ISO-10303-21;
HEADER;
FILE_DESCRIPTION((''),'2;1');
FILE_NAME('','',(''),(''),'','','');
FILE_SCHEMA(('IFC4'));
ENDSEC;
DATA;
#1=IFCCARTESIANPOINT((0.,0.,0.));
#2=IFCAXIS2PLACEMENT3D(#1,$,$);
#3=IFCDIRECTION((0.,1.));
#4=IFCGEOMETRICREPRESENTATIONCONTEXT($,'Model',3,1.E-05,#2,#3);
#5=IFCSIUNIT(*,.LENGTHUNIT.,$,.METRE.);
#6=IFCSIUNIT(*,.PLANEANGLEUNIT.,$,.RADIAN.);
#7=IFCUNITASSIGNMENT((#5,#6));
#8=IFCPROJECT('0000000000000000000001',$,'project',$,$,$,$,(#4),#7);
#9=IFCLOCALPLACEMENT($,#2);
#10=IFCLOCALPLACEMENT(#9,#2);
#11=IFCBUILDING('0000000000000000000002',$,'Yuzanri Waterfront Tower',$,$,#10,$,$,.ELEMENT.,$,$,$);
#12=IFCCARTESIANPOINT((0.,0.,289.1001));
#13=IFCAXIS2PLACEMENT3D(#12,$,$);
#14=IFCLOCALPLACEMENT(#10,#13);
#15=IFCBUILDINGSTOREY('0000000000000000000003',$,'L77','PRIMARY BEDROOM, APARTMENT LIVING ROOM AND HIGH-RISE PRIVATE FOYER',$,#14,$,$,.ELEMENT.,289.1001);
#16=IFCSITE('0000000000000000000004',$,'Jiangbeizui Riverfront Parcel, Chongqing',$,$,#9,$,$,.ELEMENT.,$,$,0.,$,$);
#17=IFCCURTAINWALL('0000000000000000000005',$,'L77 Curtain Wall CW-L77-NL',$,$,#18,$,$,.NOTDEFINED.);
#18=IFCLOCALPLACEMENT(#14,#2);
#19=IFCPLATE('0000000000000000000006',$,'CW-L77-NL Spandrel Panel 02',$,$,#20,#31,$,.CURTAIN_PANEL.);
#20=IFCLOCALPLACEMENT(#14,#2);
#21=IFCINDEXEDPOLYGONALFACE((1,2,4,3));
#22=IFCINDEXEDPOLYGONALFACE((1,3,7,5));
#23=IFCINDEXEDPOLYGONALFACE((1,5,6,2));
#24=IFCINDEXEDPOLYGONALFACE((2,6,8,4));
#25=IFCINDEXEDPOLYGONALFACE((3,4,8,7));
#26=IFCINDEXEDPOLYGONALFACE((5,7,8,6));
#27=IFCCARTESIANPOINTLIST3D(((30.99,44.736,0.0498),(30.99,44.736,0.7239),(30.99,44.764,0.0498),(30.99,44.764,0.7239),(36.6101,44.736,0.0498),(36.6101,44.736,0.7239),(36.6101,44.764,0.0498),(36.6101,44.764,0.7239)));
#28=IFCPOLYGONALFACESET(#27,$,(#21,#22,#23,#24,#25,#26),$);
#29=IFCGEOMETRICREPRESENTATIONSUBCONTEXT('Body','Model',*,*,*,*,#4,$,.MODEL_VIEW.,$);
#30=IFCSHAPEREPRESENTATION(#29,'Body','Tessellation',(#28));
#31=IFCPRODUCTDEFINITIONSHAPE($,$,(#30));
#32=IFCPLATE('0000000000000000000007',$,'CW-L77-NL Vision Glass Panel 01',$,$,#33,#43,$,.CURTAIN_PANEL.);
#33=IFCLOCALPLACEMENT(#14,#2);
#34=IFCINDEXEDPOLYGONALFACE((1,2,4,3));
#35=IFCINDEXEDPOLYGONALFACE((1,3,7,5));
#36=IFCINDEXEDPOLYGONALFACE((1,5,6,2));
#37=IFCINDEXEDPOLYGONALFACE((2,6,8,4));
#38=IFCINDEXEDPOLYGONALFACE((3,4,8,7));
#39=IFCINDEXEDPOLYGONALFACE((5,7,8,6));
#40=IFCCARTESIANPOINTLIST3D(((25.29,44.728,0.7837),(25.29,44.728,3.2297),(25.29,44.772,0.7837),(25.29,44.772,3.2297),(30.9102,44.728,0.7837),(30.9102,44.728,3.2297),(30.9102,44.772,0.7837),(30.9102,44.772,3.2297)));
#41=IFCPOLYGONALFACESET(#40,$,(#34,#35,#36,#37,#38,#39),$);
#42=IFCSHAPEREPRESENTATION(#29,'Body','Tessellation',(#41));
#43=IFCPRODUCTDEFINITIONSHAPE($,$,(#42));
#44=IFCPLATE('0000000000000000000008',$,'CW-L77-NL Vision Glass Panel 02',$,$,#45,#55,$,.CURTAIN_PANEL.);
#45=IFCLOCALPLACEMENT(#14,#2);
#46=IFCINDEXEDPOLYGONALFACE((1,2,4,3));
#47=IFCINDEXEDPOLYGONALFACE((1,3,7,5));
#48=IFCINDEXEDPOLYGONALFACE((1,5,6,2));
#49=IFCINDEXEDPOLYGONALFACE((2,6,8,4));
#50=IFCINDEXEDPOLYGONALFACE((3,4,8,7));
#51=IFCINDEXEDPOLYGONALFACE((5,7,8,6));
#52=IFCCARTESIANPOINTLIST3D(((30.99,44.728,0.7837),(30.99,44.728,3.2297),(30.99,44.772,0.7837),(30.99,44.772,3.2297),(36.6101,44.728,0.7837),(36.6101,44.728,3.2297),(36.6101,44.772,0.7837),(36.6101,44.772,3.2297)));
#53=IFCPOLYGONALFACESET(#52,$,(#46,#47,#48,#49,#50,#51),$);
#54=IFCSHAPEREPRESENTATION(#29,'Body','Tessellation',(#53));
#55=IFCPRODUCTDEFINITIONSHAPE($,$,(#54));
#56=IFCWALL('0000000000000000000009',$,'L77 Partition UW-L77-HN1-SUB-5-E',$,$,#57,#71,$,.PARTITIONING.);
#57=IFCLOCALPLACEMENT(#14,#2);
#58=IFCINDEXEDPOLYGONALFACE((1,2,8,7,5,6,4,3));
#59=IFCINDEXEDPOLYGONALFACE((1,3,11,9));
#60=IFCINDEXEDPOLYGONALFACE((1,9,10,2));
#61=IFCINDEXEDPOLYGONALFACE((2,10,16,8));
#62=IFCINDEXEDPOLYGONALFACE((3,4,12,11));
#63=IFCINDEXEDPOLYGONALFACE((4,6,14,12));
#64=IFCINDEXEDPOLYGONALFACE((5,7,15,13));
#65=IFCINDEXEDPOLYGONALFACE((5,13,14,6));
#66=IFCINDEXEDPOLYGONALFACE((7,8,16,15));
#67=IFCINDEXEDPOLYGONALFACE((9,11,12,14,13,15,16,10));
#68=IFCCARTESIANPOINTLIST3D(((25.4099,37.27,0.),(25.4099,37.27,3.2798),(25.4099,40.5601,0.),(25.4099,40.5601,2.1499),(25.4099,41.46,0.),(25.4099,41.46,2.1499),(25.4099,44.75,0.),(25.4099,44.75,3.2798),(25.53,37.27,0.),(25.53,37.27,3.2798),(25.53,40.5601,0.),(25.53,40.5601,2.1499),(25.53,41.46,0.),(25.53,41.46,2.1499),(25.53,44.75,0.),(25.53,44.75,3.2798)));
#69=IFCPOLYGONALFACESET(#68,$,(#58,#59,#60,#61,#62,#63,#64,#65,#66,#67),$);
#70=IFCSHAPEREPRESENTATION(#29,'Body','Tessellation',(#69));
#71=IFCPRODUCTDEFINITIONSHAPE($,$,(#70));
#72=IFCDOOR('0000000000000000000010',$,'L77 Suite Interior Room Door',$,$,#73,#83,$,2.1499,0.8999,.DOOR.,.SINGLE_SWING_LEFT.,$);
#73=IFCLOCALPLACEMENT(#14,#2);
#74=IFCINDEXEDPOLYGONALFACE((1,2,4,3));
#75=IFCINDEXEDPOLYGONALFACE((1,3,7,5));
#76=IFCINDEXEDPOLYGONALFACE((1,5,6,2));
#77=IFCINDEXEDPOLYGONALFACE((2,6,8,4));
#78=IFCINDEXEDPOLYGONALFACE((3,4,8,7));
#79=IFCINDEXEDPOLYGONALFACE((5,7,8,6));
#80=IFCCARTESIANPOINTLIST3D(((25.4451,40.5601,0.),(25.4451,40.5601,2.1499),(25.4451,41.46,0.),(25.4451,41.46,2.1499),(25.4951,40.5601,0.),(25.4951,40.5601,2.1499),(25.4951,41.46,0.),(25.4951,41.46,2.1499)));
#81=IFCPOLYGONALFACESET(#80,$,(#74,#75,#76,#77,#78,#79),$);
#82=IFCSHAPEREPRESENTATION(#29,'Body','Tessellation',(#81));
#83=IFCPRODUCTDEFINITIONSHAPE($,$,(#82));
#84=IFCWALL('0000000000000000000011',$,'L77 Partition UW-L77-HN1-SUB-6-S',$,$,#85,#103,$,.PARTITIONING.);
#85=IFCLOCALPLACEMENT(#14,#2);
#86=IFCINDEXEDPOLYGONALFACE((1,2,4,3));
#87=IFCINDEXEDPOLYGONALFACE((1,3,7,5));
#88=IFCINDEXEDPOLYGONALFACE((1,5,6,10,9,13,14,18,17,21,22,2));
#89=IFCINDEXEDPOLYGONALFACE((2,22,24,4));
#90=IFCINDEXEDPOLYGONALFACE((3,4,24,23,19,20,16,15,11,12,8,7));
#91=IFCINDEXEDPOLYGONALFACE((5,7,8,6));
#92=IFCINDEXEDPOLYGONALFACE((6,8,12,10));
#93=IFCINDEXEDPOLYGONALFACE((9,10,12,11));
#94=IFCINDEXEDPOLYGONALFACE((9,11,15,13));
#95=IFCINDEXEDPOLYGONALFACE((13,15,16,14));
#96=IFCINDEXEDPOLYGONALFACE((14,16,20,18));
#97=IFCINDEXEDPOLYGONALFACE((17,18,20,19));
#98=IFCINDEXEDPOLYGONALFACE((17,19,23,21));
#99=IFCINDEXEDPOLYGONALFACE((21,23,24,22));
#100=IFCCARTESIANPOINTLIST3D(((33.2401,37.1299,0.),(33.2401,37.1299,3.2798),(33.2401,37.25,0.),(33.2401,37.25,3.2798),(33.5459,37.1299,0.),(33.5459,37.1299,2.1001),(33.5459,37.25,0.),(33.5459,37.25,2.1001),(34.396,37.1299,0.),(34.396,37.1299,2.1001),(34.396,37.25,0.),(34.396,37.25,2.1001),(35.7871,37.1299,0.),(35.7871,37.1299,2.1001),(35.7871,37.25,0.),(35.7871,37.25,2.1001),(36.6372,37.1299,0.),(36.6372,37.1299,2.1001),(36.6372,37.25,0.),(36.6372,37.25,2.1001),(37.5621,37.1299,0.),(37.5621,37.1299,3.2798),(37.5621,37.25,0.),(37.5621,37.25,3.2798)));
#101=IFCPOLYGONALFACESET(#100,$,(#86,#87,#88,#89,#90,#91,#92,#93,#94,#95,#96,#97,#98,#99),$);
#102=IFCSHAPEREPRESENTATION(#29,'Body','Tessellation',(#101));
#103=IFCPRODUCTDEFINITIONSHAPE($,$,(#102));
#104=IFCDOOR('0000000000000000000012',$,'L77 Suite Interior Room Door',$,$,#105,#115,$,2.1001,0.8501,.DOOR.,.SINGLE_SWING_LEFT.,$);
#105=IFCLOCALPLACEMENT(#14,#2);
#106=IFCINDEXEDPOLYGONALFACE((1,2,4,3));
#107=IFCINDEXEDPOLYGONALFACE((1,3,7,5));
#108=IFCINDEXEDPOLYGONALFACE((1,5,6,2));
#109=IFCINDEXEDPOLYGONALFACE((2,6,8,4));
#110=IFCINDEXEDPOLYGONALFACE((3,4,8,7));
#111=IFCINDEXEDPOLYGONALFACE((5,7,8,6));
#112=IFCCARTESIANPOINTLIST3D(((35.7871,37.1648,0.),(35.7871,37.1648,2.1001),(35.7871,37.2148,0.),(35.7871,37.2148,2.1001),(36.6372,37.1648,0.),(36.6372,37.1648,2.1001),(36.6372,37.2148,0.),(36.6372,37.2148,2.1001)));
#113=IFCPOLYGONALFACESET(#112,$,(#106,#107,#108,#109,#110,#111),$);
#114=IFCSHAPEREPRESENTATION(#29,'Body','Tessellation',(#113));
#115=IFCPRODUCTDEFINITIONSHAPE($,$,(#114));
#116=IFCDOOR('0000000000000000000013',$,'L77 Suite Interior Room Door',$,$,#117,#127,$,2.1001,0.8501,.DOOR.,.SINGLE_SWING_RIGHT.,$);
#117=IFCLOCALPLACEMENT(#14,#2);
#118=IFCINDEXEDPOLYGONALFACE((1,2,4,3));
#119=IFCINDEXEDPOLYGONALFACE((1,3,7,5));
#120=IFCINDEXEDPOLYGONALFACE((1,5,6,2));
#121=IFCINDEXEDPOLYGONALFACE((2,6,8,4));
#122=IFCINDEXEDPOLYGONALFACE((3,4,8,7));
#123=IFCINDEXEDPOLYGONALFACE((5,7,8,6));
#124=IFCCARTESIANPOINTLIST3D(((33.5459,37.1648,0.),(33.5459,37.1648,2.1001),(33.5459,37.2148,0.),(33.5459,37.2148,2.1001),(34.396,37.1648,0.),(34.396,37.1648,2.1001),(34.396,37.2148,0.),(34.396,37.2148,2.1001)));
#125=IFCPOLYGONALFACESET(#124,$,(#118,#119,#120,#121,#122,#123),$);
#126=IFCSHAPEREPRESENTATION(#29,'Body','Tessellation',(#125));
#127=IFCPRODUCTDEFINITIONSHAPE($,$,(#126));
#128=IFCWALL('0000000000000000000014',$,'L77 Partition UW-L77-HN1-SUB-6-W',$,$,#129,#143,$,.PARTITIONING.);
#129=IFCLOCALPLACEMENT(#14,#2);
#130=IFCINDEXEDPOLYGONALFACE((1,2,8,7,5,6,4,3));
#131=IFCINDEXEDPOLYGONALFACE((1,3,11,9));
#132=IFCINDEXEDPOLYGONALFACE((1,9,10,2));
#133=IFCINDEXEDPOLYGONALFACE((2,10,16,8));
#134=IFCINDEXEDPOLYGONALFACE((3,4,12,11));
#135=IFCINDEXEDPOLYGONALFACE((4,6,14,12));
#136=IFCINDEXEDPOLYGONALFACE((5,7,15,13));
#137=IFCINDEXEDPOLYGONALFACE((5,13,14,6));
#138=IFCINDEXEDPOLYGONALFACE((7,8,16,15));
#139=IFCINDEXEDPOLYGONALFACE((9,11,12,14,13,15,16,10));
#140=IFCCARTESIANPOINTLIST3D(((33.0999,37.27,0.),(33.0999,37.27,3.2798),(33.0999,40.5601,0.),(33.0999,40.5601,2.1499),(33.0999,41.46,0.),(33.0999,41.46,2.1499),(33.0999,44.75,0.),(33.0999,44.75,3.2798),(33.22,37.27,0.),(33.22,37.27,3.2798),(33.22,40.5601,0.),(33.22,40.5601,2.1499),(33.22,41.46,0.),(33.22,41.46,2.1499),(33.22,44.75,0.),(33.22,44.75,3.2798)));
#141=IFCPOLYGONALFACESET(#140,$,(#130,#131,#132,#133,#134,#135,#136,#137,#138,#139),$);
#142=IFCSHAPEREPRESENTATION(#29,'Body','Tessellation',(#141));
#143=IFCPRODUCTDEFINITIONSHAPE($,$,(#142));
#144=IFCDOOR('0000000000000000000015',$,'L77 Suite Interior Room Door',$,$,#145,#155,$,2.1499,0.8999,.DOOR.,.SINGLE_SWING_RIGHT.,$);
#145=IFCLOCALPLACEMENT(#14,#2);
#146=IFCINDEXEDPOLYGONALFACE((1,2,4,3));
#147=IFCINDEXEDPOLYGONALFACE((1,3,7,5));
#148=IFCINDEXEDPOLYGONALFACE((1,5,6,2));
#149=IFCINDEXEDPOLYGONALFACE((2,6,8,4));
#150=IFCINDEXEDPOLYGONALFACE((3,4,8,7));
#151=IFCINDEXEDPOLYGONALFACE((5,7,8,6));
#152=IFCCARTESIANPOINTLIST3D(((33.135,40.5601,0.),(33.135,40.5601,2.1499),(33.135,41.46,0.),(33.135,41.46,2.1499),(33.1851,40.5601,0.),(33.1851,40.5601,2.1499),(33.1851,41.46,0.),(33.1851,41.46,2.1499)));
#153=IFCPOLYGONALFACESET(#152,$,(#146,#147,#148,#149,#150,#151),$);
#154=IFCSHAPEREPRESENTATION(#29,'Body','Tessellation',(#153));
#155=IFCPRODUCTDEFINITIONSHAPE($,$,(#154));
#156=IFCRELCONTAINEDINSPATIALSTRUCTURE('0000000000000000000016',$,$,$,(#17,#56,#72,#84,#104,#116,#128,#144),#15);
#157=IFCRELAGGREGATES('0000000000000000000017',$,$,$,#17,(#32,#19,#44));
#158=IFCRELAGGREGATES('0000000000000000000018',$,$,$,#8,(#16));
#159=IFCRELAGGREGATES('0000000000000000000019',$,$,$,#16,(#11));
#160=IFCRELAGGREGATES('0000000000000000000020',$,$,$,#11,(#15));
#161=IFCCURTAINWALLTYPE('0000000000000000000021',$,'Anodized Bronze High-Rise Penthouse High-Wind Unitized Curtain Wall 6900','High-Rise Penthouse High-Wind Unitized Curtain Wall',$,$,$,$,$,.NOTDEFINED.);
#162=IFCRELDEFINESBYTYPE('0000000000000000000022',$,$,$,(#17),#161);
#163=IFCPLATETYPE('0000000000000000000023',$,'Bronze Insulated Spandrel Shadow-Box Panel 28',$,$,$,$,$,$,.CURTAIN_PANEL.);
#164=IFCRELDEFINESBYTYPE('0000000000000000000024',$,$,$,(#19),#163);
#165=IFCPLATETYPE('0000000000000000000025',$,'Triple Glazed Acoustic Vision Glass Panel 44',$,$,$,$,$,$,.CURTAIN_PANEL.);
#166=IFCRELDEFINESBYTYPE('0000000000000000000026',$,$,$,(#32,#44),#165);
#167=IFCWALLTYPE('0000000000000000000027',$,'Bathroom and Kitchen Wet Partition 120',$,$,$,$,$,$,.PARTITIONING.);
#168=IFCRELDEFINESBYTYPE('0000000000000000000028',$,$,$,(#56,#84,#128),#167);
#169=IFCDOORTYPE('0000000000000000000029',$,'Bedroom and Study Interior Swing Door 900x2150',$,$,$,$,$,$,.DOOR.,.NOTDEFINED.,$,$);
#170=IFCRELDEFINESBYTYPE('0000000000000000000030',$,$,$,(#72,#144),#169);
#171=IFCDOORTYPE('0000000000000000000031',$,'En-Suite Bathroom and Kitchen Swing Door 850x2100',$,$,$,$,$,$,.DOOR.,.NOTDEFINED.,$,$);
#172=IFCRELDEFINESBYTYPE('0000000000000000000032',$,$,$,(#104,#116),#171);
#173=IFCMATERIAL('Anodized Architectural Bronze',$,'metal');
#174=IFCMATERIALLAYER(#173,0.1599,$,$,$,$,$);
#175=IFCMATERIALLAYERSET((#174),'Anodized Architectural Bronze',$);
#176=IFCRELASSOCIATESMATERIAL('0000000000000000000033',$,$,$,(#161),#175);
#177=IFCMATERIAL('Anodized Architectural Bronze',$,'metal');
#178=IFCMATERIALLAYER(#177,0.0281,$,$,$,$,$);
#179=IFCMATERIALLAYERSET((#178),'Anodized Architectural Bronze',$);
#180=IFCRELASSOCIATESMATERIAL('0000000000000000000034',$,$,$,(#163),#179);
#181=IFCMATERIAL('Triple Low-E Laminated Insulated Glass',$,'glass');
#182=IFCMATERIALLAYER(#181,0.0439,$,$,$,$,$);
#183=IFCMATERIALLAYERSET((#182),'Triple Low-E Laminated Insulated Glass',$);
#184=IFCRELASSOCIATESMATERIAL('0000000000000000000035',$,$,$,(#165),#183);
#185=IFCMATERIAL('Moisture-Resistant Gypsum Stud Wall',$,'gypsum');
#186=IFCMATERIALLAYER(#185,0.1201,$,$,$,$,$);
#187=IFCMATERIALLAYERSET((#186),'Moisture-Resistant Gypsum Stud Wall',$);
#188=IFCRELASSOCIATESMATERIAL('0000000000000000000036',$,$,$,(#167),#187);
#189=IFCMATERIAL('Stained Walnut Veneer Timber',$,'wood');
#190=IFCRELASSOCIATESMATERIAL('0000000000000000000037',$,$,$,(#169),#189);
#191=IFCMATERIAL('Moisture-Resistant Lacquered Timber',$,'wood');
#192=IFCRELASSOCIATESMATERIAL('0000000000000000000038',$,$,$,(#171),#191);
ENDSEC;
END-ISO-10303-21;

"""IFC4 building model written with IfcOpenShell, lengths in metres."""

from ifc_helpers import new_model, si_unit, direction, frame, frame_2d, origin, origin_2d, place, context, subcontext, project, spatial, rectangle, extrude, source, transform, mapped, material, layer, layer_set, type_object, element, fill, aggregate, save


model = new_model("IFC4")

# Units and contexts
model_context = context("Model", 3, precision=1e-05, world=origin(), true_north=direction((0.0, 1.0)))
body_context = subcontext(model_context, "Body", "Model", "MODEL_VIEW")
ifc_project = project(units=[si_unit("LENGTHUNIT", "METRE"), si_unit("PLANEANGLEUNIT", "RADIAN")], contexts=[model_context])

# Site, building, storey
site_placement = place(None, origin())
site = spatial("IfcSite", under=ifc_project, at=site_placement, Name="Jiangbeizui Riverfront Parcel, Chongqing", CompositionType="ELEMENT", RefElevation=0.0)
building_placement = place(site_placement, origin())
building = spatial("IfcBuilding", under=site, at=building_placement, Name="Yuzanri Waterfront Tower", CompositionType="ELEMENT")
storey_placement = place(building_placement, frame((0.0, 0.0, 289.1001)))
storey = spatial("IfcBuildingStorey", under=building, at=storey_placement, Name="L77", Description="PRIMARY BEDROOM, APARTMENT LIVING ROOM AND HIGH-RISE PRIVATE FOYER", CompositionType="ELEMENT", Elevation=289.1001)

# Curtain wall, plates
ifc_material_1 = material(Name="Anodized Architectural Bronze", Category="metal")
ifc_layer_1 = layer(ifc_material_1, 0.1599)
ifc_layer_set_1 = layer_set([ifc_layer_1], Name="Anodized Architectural Bronze")
curtain_wall_type = type_object("IfcCurtainWallType", Name="Anodized Bronze High-Rise Penthouse High-Wind Unitized Curtain Wall 6900", Description="High-Rise Penthouse High-Wind Unitized Curtain Wall", PredefinedType="NOTDEFINED", material=ifc_layer_set_1)
curtain_wall_placement = place(storey_placement, origin())
curtain_wall = element("IfcCurtainWall", 1, at=curtain_wall_placement, inside=storey, type_object=curtain_wall_type, Name="L77 Curtain Wall CW-L77-NL", PredefinedType="NOTDEFINED")
ifc_material_2 = material(Name="Anodized Architectural Bronze", Category="metal")
ifc_layer_2 = layer(ifc_material_2, 0.0281)
ifc_layer_set_2 = layer_set([ifc_layer_2], Name="Anodized Architectural Bronze")
plate_type_1 = type_object("IfcPlateType", Name="Bronze Insulated Spandrel Shadow-Box Panel 28", PredefinedType="CURTAIN_PANEL", material=ifc_layer_set_2)
shared_shape_1 = source(origin(), body_context, "Body", "SweptSolid", [
    extrude(rectangle(XDim=5.6201, YDim=0.0281, at=origin_2d()), origin(), (0.0, 0.0, 1.0), 0.6741),
])
plate_1_placement = place(storey_placement, frame((33.8, 44.75, 0.0498), z_axis=(0.0, 0.0, 1.0), x_axis=(1.0, 0.0, 0.0)))
plate_1 = element("IfcPlate", 2, at=plate_1_placement, type_object=plate_type_1, Name="CW-L77-NL Spandrel Panel 02", PredefinedType="CURTAIN_PANEL", context=body_context, shape_type="MappedRepresentation", body=[
    mapped(shared_shape_1, transform((0.0, 0.0, 0.0), scale=1.0)),
])
ifc_material_3 = material(Name="Triple Low-E Laminated Insulated Glass", Category="glass")
ifc_layer_3 = layer(ifc_material_3, 0.0439)
ifc_layer_set_3 = layer_set([ifc_layer_3], Name="Triple Low-E Laminated Insulated Glass")
plate_type_2 = type_object("IfcPlateType", Name="Triple Glazed Acoustic Vision Glass Panel 44", PredefinedType="CURTAIN_PANEL", material=ifc_layer_set_3)
shared_shape_2 = source(origin(), body_context, "Body", "SweptSolid", [
    extrude(rectangle(XDim=5.6201, YDim=0.0439, at=origin_2d()), origin(), (0.0, 0.0, 1.0), 2.446),
])
plate_2_placement = place(storey_placement, frame((28.1001, 44.75, 0.7837), z_axis=(0.0, 0.0, 1.0), x_axis=(1.0, 0.0, 0.0)))
plate_2 = element("IfcPlate", 3, at=plate_2_placement, type_object=plate_type_2, Name="CW-L77-NL Vision Glass Panel 01", PredefinedType="CURTAIN_PANEL", context=body_context, shape_type="MappedRepresentation", body=[
    mapped(shared_shape_2, transform((0.0, 0.0, 0.0), scale=1.0)),
])
plate_3_placement = place(storey_placement, frame((33.8, 44.75, 0.7837), z_axis=(0.0, 0.0, 1.0), x_axis=(1.0, 0.0, 0.0)))
plate_3 = element("IfcPlate", 4, at=plate_3_placement, type_object=plate_type_2, Name="CW-L77-NL Vision Glass Panel 02", PredefinedType="CURTAIN_PANEL", context=body_context, shape_type="MappedRepresentation", body=[
    mapped(shared_shape_2, transform((0.0, 0.0, 0.0), scale=1.0)),
])
aggregate(curtain_wall, [plate_2, plate_1, plate_3])

# Wall, opening, door
ifc_material_4 = material(Name="Moisture-Resistant Gypsum Stud Wall", Category="gypsum")
ifc_layer_4 = layer(ifc_material_4, 0.1201)
ifc_layer_set_4 = layer_set([ifc_layer_4], Name="Moisture-Resistant Gypsum Stud Wall")
wall_type = type_object("IfcWallType", Name="Bathroom and Kitchen Wet Partition 120", PredefinedType="PARTITIONING", material=ifc_layer_set_4)
wall_1_placement = place(storey_placement, frame((25.47, 37.27, 0.0), z_axis=(0.0, 0.0, 1.0), x_axis=(0.0, 1.0, 0.0)))
wall_1 = element("IfcWall", 5, at=wall_1_placement, inside=storey, type_object=wall_type, Name="L77 Partition UW-L77-HN1-SUB-5-E", PredefinedType="PARTITIONING", context=body_context, shape_type="SweptSolid", body=[
    extrude(rectangle(XDim=7.48, YDim=0.1201, at=frame_2d((3.74, 0.0))), origin(), (0.0, 0.0, 1.0), 3.2798),
])
opening_1_placement = place(wall_1_placement, frame((3.29, 0.0, 0.0)))
opening_1 = element("IfcOpeningElement", 6, at=opening_1_placement, cuts=wall_1, PredefinedType="OPENING", context=body_context, shape_type="SweptSolid", body=[
    extrude(rectangle(XDim=0.8999, YDim=2.1499, at=frame_2d((0.45, 1.075))), frame((0.0, 0.075, 0.0), z_axis=(0.0, -1.0, 0.0), x_axis=(1.0, 0.0, 0.0)), (0.0, 0.0, 1.0), 0.1499),
])
ifc_material_5 = material(Name="Stained Walnut Veneer Timber", Category="wood")
door_type_1 = type_object("IfcDoorType", Name="Bedroom and Study Interior Swing Door 900x2150", OperationType="NOTDEFINED", PredefinedType="DOOR", material=ifc_material_5)
shared_shape_3 = source(origin(), body_context, "Body", "SweptSolid", [
    extrude(rectangle(XDim=0.8999, YDim=2.1499, at=frame_2d((0.45, 1.075))), frame((0.0, 0.0249, 0.0), z_axis=(0.0, -1.0, 0.0), x_axis=(1.0, 0.0, 0.0)), (0.0, 0.0, 1.0), 0.05),
])
door_1_placement = place(opening_1_placement, origin())
door_1 = element("IfcDoor", 7, at=door_1_placement, inside=storey, type_object=door_type_1, Name="L77 Suite Interior Room Door", OperationType="SINGLE_SWING_LEFT", OverallHeight=2.1499, OverallWidth=0.8999, PredefinedType="DOOR", context=body_context, shape_type="MappedRepresentation", body=[
    mapped(shared_shape_3, transform((0.0, 0.0, 0.0), scale=1.0)),
])
fill(opening_1, door_1)

# Wall, openings, doors
wall_2_placement = place(storey_placement, frame((33.24, 37.1899, 0.0), z_axis=(0.0, 0.0, 1.0), x_axis=(1.0, 0.0, 0.0)))
wall_2 = element("IfcWall", 8, at=wall_2_placement, inside=storey, type_object=wall_type, Name="L77 Partition UW-L77-HN1-SUB-6-S", PredefinedType="PARTITIONING", context=body_context, shape_type="SweptSolid", body=[
    extrude(rectangle(XDim=4.322, YDim=0.1201, at=frame_2d((2.1611, 0.0))), origin(), (0.0, 0.0, 1.0), 3.2798),
])
opening_2_placement = place(wall_2_placement, frame((2.5471, 0.0, 0.0)))
opening_2 = element("IfcOpeningElement", 9, at=opening_2_placement, cuts=wall_2, PredefinedType="OPENING", context=body_context, shape_type="SweptSolid", body=[
    extrude(rectangle(XDim=0.8501, YDim=2.1001, at=frame_2d((0.425, 1.05))), frame((0.0, 0.075, 0.0), z_axis=(0.0, -1.0, 0.0), x_axis=(1.0, 0.0, 0.0)), (0.0, 0.0, 1.0), 0.1499),
])
opening_3_placement = place(wall_2_placement, frame((0.3059, 0.0, 0.0)))
opening_3 = element("IfcOpeningElement", 10, at=opening_3_placement, cuts=wall_2, PredefinedType="OPENING", context=body_context, shape_type="SweptSolid", body=[
    extrude(rectangle(XDim=0.8501, YDim=2.1001, at=frame_2d((0.425, 1.05))), frame((0.0, 0.075, 0.0), z_axis=(0.0, -1.0, 0.0), x_axis=(1.0, 0.0, 0.0)), (0.0, 0.0, 1.0), 0.1499),
])
ifc_material_6 = material(Name="Moisture-Resistant Lacquered Timber", Category="wood")
door_type_2 = type_object("IfcDoorType", Name="En-Suite Bathroom and Kitchen Swing Door 850x2100", OperationType="NOTDEFINED", PredefinedType="DOOR", material=ifc_material_6)
shared_shape_4 = source(origin(), body_context, "Body", "SweptSolid", [
    extrude(rectangle(XDim=0.8501, YDim=2.1001, at=frame_2d((0.425, 1.05))), frame((0.0, 0.0249, 0.0), z_axis=(0.0, -1.0, 0.0), x_axis=(1.0, 0.0, 0.0)), (0.0, 0.0, 1.0), 0.05),
])
door_2_placement = place(opening_2_placement, origin())
door_2 = element("IfcDoor", 11, at=door_2_placement, inside=storey, type_object=door_type_2, Name="L77 Suite Interior Room Door", OperationType="SINGLE_SWING_LEFT", OverallHeight=2.1001, OverallWidth=0.8501, PredefinedType="DOOR", context=body_context, shape_type="MappedRepresentation", body=[
    mapped(shared_shape_4, transform((0.0, 0.0, 0.0), scale=1.0)),
])
fill(opening_2, door_2)
door_3_placement = place(opening_3_placement, origin())
door_3 = element("IfcDoor", 12, at=door_3_placement, inside=storey, type_object=door_type_2, Name="L77 Suite Interior Room Door", OperationType="SINGLE_SWING_RIGHT", OverallHeight=2.1001, OverallWidth=0.8501, PredefinedType="DOOR", context=body_context, shape_type="MappedRepresentation", body=[
    mapped(shared_shape_4, transform((0.0, 0.0, 0.0), scale=1.0)),
])
fill(opening_3, door_3)

# Wall, opening, door
wall_3_placement = place(storey_placement, frame((33.1599, 37.27, 0.0), z_axis=(0.0, 0.0, 1.0), x_axis=(0.0, 1.0, 0.0)))
wall_3 = element("IfcWall", 13, at=wall_3_placement, inside=storey, type_object=wall_type, Name="L77 Partition UW-L77-HN1-SUB-6-W", PredefinedType="PARTITIONING", context=body_context, shape_type="SweptSolid", body=[
    extrude(rectangle(XDim=7.48, YDim=0.1201, at=frame_2d((3.74, 0.0))), origin(), (0.0, 0.0, 1.0), 3.2798),
])
opening_4_placement = place(wall_3_placement, frame((3.29, 0.0, 0.0)))
opening_4 = element("IfcOpeningElement", 14, at=opening_4_placement, cuts=wall_3, PredefinedType="OPENING", context=body_context, shape_type="SweptSolid", body=[
    extrude(rectangle(XDim=0.8999, YDim=2.1499, at=frame_2d((0.45, 1.075))), frame((0.0, 0.075, 0.0), z_axis=(0.0, -1.0, 0.0), x_axis=(1.0, 0.0, 0.0)), (0.0, 0.0, 1.0), 0.1499),
])
door_4_placement = place(opening_4_placement, origin())
door_4 = element("IfcDoor", 15, at=door_4_placement, inside=storey, type_object=door_type_1, Name="L77 Suite Interior Room Door", OperationType="SINGLE_SWING_RIGHT", OverallHeight=2.1499, OverallWidth=0.8999, PredefinedType="DOOR", context=body_context, shape_type="MappedRepresentation", body=[
    mapped(shared_shape_3, transform((0.0, 0.0, 0.0), scale=1.0)),
])
fill(opening_4, door_4)

save(model, "model.ifc")
